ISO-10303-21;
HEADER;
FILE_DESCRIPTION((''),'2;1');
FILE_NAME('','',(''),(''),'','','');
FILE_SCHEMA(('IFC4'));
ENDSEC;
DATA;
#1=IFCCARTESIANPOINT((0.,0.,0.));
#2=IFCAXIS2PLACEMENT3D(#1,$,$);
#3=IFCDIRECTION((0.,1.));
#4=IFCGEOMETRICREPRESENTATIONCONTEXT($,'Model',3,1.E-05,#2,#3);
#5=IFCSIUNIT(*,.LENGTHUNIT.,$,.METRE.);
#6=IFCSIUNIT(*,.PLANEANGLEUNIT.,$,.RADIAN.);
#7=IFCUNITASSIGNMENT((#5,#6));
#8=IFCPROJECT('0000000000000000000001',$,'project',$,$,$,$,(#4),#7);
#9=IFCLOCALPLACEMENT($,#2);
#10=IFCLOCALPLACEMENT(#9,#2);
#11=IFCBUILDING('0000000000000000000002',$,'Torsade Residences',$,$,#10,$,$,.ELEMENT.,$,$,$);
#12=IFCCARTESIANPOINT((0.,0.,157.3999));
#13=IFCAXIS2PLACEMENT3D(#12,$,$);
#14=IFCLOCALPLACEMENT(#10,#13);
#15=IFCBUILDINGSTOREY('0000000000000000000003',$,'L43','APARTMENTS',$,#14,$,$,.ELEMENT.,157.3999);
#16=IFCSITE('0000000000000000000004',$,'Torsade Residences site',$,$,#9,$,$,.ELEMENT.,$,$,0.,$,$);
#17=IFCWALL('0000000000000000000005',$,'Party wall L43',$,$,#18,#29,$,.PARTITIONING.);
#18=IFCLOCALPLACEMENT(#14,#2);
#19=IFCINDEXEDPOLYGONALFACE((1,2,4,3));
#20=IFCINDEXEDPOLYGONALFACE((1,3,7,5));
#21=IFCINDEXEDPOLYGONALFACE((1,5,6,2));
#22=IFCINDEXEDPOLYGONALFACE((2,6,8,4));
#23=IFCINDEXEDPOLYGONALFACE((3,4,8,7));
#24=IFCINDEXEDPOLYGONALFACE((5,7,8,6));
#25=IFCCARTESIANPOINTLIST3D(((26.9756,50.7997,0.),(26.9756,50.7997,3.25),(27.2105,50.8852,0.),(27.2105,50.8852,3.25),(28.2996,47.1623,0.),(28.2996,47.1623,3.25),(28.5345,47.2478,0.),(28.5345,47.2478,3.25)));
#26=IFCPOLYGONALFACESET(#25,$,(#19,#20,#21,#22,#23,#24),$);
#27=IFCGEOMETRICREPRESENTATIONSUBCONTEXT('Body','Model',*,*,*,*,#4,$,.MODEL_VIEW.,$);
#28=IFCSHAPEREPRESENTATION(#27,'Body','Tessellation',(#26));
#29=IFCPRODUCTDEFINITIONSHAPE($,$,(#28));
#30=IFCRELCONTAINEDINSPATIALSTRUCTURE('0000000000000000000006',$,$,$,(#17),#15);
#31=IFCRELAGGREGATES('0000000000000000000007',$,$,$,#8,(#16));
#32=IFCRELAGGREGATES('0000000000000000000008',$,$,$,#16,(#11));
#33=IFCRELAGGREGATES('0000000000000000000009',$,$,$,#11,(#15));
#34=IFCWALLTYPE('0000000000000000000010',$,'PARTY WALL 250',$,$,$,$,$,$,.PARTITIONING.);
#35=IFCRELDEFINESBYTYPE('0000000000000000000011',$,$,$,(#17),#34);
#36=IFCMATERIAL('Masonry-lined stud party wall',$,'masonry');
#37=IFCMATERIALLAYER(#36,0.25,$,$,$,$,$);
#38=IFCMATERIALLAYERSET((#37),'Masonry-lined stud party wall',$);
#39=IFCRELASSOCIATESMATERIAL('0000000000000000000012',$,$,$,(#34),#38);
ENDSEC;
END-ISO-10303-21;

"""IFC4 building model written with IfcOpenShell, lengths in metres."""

from ifc_helpers import new_model, si_unit, direction, frame, frame_2d, origin, place, context, subcontext, project, spatial, rectangle, extrude, material, layer, layer_set, type_object, element, save


model = new_model("IFC4")

# Units and contexts
model_context = context("Model", 3, precision=1e-05, world=origin(), true_north=direction((0.0, 1.0)))
body_context = subcontext(model_context, "Body", "Model", "MODEL_VIEW")
ifc_project = project(units=[si_unit("LENGTHUNIT", "METRE"), si_unit("PLANEANGLEUNIT", "RADIAN")], contexts=[model_context])

# Site, building, storey
site_placement = place(None, origin())
site = spatial("IfcSite", under=ifc_project, at=site_placement, Name="Torsade Residences site", CompositionType="ELEMENT", RefElevation=0.0)
building_placement = place(site_placement, origin())
building = spatial("IfcBuilding", under=site, at=building_placement, Name="Torsade Residences", CompositionType="ELEMENT")
storey_placement = place(building_placement, frame((0.0, 0.0, 157.3999)))
storey = spatial("IfcBuildingStorey", under=building, at=storey_placement, Name="L43", Description="APARTMENTS", CompositionType="ELEMENT", Elevation=157.3999)

# Wall
ifc_material_1 = material(Name="Masonry-lined stud party wall", Category="masonry")
ifc_layer_1 = layer(ifc_material_1, 0.25)
ifc_layer_set_1 = layer_set([ifc_layer_1], Name="Masonry-lined stud party wall")
wall_type_1 = type_object("IfcWallType", Name="PARTY WALL 250", PredefinedType="PARTITIONING", material=ifc_layer_set_1)
wall_1_placement = place(storey_placement, frame((27.093, 50.8425, 0.0), z_axis=(0.0, 0.0, 1.0), x_axis=(0.342032, -0.939688, 0.0)))
element("IfcWall", 1, at=wall_1_placement, inside=storey, type_object=wall_type_1, Name="Party wall L43", PredefinedType="PARTITIONING", context=body_context, shape_type="SweptSolid", body=[
    extrude(rectangle(XDim=3.8708, YDim=0.25, at=frame_2d((1.9355, 0.0))), origin(), (0.0, 0.0, 1.0), 3.25),
])

save(model, "model.ifc")
